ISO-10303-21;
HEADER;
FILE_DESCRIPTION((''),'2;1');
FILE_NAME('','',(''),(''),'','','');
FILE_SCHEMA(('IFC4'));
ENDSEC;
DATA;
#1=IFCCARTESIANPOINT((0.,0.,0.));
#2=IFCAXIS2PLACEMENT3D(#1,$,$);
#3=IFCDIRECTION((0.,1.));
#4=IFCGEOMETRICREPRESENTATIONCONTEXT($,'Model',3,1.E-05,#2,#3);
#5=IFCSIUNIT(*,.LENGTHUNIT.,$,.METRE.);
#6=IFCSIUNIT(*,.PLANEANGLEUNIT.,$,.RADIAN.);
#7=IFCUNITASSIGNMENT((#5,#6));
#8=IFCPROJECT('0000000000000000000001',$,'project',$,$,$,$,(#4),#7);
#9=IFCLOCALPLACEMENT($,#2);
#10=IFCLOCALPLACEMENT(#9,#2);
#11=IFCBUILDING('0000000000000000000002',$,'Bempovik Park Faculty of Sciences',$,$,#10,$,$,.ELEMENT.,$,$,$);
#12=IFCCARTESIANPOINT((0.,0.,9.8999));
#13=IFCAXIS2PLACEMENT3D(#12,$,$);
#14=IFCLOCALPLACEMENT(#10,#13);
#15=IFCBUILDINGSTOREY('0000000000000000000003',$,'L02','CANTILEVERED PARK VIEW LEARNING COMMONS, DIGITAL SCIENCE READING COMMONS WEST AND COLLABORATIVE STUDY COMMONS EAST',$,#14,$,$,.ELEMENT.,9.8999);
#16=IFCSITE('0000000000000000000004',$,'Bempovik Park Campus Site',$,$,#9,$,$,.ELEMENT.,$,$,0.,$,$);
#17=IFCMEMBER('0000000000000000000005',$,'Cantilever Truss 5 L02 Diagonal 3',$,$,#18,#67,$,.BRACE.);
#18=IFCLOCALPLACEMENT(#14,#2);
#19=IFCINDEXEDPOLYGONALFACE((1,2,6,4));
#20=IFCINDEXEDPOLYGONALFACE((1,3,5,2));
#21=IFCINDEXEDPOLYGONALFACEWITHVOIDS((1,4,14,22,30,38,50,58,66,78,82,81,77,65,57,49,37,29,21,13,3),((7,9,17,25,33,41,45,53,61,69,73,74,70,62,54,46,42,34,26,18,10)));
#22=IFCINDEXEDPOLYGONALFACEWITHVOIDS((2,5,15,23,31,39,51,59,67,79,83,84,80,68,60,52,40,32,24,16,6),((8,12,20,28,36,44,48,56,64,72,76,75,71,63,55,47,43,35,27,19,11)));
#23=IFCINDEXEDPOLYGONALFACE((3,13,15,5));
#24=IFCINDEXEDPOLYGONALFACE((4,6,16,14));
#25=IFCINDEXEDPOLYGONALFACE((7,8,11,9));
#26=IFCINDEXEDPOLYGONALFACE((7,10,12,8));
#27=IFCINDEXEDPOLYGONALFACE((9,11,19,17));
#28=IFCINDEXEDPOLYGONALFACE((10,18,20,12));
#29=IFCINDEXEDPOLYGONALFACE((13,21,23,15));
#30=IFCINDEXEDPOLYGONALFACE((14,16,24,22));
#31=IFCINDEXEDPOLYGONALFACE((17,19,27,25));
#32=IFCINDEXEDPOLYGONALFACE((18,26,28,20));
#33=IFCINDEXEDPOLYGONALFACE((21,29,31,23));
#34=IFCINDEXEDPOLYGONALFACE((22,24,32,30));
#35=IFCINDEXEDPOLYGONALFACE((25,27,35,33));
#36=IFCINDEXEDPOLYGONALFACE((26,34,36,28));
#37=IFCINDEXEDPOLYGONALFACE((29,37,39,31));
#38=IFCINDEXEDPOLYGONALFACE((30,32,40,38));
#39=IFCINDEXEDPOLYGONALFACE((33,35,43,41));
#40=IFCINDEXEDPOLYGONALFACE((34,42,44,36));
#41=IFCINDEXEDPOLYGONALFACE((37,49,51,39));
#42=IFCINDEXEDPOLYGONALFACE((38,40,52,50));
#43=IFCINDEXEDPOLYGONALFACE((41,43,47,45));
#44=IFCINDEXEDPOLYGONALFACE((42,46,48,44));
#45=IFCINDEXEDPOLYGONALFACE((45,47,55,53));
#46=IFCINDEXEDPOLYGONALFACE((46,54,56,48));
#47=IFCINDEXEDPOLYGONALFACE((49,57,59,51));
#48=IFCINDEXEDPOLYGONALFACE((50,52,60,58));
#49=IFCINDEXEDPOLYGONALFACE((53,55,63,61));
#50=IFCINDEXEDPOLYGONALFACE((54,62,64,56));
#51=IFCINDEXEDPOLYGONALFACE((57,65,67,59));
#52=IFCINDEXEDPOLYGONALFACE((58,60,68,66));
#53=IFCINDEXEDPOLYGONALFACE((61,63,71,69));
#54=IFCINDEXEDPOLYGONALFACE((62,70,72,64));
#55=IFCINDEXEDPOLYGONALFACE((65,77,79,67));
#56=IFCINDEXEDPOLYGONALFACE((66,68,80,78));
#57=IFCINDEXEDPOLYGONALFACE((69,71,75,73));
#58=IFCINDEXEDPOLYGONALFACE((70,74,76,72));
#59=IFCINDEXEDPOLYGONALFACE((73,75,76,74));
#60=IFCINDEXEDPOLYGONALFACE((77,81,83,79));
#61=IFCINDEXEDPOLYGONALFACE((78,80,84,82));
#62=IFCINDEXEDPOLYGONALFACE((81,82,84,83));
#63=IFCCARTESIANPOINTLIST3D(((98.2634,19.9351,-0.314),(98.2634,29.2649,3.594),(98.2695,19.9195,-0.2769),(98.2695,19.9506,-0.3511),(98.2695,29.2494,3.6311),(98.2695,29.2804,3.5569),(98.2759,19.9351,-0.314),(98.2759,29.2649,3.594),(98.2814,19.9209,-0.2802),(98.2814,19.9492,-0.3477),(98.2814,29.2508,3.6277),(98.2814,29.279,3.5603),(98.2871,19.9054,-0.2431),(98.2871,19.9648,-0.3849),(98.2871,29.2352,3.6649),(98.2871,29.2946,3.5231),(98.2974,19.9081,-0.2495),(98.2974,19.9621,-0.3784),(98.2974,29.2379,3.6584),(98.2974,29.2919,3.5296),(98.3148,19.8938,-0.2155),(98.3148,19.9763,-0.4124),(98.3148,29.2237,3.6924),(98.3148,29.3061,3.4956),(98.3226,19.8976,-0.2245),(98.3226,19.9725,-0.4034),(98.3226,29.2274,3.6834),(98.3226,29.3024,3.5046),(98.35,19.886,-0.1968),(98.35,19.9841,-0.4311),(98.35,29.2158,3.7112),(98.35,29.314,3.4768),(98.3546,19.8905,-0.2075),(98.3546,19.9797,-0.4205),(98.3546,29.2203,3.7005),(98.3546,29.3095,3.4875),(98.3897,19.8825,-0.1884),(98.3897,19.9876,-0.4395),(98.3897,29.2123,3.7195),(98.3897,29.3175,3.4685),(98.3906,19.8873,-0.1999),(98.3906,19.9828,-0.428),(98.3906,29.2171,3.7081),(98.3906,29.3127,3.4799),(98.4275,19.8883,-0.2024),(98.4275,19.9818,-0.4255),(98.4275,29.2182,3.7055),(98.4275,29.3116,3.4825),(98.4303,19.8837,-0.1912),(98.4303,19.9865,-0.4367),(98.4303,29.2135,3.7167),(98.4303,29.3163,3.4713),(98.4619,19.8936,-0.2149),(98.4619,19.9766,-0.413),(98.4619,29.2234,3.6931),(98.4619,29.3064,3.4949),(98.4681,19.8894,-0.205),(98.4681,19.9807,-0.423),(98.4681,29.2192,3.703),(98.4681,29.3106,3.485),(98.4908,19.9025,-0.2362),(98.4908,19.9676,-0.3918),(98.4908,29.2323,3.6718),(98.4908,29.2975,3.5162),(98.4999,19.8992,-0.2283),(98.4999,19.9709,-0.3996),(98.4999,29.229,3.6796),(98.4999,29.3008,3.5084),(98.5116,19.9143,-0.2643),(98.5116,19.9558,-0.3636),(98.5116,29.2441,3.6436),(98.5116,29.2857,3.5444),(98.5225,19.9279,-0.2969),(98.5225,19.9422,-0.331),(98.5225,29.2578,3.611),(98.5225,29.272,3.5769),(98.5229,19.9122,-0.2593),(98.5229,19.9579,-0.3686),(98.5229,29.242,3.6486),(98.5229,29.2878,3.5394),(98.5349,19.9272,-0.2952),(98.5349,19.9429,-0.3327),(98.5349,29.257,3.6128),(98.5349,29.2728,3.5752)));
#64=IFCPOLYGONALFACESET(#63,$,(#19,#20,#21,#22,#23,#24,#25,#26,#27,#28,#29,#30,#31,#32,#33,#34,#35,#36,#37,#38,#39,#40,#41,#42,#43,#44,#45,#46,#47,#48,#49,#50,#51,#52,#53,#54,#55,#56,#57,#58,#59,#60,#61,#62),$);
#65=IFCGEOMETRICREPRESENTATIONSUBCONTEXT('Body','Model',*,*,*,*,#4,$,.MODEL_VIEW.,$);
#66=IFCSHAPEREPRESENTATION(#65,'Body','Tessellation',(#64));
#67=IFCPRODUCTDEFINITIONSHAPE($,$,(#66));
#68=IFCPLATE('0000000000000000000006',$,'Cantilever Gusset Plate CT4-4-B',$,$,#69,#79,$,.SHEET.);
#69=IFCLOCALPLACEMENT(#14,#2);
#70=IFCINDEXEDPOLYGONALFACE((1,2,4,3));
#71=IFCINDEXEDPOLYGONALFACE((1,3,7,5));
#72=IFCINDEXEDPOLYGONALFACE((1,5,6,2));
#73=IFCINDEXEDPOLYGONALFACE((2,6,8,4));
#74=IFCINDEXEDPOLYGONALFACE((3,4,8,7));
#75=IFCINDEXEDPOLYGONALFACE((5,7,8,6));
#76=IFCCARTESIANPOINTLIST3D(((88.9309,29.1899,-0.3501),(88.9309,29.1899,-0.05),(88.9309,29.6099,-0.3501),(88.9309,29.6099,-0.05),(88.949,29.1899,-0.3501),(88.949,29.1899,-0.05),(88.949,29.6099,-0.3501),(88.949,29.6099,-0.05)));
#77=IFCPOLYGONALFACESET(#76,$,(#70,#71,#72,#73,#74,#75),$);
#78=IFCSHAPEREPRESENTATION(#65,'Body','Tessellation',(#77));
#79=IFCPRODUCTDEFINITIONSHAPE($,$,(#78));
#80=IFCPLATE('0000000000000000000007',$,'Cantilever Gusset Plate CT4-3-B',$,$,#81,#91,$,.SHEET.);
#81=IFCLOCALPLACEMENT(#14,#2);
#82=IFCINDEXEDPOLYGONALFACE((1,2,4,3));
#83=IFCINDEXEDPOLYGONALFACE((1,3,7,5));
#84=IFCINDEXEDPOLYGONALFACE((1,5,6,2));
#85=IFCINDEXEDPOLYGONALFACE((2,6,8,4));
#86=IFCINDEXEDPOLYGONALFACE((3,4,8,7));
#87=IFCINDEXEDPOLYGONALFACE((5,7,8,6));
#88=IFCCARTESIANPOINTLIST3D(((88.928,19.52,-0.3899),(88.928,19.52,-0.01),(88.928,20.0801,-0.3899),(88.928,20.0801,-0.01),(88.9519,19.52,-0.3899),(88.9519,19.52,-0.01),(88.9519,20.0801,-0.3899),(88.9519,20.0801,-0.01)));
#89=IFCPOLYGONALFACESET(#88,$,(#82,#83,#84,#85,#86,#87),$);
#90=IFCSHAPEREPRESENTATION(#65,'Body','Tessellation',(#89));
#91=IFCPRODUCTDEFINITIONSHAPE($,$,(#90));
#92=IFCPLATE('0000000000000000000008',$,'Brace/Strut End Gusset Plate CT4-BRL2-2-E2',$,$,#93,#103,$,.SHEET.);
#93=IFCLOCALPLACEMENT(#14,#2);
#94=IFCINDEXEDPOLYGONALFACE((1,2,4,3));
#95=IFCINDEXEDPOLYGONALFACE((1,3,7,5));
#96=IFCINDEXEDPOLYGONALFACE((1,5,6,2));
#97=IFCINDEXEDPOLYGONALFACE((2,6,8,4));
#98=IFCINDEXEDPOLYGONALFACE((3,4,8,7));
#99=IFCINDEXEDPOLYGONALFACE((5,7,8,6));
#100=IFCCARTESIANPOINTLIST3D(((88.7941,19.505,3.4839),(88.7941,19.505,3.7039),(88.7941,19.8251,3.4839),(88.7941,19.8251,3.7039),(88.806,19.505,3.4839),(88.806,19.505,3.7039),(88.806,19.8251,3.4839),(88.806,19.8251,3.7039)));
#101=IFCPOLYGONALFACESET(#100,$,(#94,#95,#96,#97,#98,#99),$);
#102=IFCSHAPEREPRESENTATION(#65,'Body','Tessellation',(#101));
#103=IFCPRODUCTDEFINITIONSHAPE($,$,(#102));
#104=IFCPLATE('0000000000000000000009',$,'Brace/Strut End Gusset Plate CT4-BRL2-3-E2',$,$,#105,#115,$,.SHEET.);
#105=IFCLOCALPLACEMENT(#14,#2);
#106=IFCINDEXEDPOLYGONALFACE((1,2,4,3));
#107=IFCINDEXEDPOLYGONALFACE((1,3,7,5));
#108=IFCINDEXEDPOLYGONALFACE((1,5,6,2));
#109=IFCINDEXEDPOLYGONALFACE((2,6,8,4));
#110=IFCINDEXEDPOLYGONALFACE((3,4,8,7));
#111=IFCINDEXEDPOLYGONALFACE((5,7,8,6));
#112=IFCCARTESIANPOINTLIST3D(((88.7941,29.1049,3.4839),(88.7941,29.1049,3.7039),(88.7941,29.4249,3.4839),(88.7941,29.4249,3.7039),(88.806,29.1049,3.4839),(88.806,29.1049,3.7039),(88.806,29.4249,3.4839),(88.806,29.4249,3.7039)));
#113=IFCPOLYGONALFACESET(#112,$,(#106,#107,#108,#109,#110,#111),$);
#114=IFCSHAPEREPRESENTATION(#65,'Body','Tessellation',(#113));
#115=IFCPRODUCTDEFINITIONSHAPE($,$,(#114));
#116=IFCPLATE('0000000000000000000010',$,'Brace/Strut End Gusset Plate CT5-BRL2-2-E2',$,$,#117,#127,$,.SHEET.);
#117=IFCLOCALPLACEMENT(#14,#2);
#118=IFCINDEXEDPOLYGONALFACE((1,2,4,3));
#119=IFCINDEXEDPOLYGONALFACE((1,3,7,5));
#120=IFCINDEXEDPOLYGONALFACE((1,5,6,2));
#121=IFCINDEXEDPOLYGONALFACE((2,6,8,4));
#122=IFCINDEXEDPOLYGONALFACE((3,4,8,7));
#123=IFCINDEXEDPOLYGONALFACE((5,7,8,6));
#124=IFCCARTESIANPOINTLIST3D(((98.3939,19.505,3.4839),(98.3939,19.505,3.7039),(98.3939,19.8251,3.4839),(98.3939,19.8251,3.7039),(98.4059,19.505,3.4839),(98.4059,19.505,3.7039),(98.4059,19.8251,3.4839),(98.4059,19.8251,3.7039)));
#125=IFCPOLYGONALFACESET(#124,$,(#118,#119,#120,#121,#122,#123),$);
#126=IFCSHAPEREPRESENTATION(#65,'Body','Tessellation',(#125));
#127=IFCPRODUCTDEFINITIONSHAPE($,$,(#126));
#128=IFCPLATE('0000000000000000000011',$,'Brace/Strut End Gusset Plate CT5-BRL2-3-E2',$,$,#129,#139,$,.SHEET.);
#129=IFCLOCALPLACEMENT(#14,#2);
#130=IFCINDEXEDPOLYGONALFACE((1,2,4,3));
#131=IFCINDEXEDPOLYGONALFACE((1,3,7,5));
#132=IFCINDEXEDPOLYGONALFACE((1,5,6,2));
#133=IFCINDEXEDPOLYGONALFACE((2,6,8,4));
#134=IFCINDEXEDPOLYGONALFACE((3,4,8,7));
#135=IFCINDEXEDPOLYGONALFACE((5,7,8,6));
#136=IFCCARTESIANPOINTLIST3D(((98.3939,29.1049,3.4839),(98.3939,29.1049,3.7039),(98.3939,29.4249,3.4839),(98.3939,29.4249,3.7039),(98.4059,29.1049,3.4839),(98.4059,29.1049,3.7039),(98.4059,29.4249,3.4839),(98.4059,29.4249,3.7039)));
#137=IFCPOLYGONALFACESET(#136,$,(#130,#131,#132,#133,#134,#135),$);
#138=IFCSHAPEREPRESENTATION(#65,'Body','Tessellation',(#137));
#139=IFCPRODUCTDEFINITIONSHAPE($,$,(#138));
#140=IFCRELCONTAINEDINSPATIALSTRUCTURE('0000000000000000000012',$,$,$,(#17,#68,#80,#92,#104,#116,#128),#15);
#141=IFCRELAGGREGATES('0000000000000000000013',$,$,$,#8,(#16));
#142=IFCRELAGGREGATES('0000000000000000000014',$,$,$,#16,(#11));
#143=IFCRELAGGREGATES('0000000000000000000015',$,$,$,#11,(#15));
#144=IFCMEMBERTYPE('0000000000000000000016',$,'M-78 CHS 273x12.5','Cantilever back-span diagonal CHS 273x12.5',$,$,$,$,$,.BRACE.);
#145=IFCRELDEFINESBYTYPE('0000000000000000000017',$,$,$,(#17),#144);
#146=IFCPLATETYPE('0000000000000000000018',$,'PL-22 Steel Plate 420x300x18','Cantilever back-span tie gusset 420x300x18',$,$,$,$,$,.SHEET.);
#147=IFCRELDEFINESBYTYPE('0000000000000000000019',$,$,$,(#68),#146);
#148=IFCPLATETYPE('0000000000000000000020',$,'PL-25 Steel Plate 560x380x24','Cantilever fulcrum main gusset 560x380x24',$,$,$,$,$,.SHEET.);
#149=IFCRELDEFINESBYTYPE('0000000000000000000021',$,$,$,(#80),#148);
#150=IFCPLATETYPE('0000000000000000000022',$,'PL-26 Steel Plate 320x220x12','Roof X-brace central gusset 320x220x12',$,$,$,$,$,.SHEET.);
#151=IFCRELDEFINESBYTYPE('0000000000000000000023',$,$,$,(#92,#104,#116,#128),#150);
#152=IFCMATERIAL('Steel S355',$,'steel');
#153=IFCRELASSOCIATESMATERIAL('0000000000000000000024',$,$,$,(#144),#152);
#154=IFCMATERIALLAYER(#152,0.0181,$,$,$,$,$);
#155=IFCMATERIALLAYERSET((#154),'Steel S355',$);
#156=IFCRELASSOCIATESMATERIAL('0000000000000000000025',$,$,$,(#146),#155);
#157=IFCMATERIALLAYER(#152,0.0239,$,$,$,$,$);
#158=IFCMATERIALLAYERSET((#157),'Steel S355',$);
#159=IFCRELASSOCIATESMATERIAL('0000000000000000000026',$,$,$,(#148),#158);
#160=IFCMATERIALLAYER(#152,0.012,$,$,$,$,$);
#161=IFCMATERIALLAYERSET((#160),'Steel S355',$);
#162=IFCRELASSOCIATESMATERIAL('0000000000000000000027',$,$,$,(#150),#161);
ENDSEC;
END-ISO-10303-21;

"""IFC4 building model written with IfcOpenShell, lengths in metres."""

from ifc_helpers import new_model, si_unit, direction, frame, origin, origin_2d, place, context, subcontext, project, spatial, rectangle, hollow_circle, extrude, material, layer, layer_set, material_profile, profile_set, type_object, element, save


model = new_model("IFC4")

# Units and contexts
model_context = context("Model", 3, precision=1e-05, world=origin(), true_north=direction((0.0, 1.0)))
body_context = subcontext(model_context, "Body", "Model", "MODEL_VIEW")
ifc_project = project(units=[si_unit("LENGTHUNIT", "METRE"), si_unit("PLANEANGLEUNIT", "RADIAN")], contexts=[model_context])

# Site, building, storey
site_placement = place(None, origin())
site = spatial("IfcSite", under=ifc_project, at=site_placement, Name="Bempovik Park Campus Site", CompositionType="ELEMENT", RefElevation=0.0)
building_placement = place(site_placement, origin())
building = spatial("IfcBuilding", under=site, at=building_placement, Name="Bempovik Park Faculty of Sciences", CompositionType="ELEMENT")
storey_placement = place(building_placement, frame((0.0, 0.0, 9.8999)))
storey = spatial("IfcBuildingStorey", under=building, at=storey_placement, Name="L02", Description="CANTILEVERED PARK VIEW LEARNING COMMONS, DIGITAL SCIENCE READING COMMONS WEST AND COLLABORATIVE STUDY COMMONS EAST", CompositionType="ELEMENT", Elevation=9.8999)

# Shared definitions
ifc_material_1 = material(Name="Steel S355", Category="steel")

# Member
ifc_material_profile_1 = material_profile(ifc_material_1, hollow_circle(Radius=0.1365, WallThickness=0.0125, at=origin_2d()), Name="CHS 273x12.5")
ifc_profile_set_1 = profile_set([ifc_material_profile_1], Name="Steel S355")
member_type_1 = type_object("IfcMemberType", Name="M-78 CHS 273x12.5", Description="Cantilever back-span diagonal CHS 273x12.5", PredefinedType="BRACE", material=ifc_profile_set_1)
member_1_placement = place(storey_placement, frame((98.3999, 19.9351, -0.314), z_axis=(0.0, 0.922355, 0.386344), x_axis=(-1.0, 0.0, 0.0)))
element("IfcMember", 1, at=member_1_placement, inside=storey, type_object=member_type_1, Name="Cantilever Truss 5 L02 Diagonal 3", PredefinedType="BRACE", context=body_context, shape_type="SweptSolid", body=[
    extrude(hollow_circle(Radius=0.1365, WallThickness=0.0125, at=origin_2d()), origin(), (0.0, 0.0, 1.0), 10.1152),
])

# Plates
ifc_layer_1 = layer(ifc_material_1, 0.0181)
ifc_layer_set_1 = layer_set([ifc_layer_1], Name="Steel S355")
plate_type_1 = type_object("IfcPlateType", Name="PL-22 Steel Plate 420x300x18", Description="Cantilever back-span tie gusset 420x300x18", PredefinedType="SHEET", material=ifc_layer_set_1)
plate_1_placement = place(storey_placement, frame((88.9399, 29.3999, -0.3501), z_axis=(0.0, 0.0, 1.0), x_axis=(1.0, 0.0, 0.0)))
element("IfcPlate", 2, at=plate_1_placement, inside=storey, type_object=plate_type_1, Name="Cantilever Gusset Plate CT4-4-B", PredefinedType="SHEET", context=body_context, shape_type="SweptSolid", body=[
    extrude(rectangle(XDim=0.0181, YDim=0.4199, at=origin_2d()), origin(), (0.0, 0.0, 1.0), 0.3),
])
ifc_layer_2 = layer(ifc_material_1, 0.0239)
ifc_layer_set_2 = layer_set([ifc_layer_2], Name="Steel S355")
plate_type_2 = type_object("IfcPlateType", Name="PL-25 Steel Plate 560x380x24", Description="Cantilever fulcrum main gusset 560x380x24", PredefinedType="SHEET", material=ifc_layer_set_2)
plate_2_placement = place(storey_placement, frame((88.9399, 19.8, -0.3899), z_axis=(0.0, 0.0, 1.0), x_axis=(1.0, 0.0, 0.0)))
element("IfcPlate", 3, at=plate_2_placement, inside=storey, type_object=plate_type_2, Name="Cantilever Gusset Plate CT4-3-B", PredefinedType="SHEET", context=body_context, shape_type="SweptSolid", body=[
    extrude(rectangle(XDim=0.0239, YDim=0.5601, at=origin_2d()), origin(), (0.0, 0.0, 1.0), 0.3799),
])
ifc_layer_3 = layer(ifc_material_1, 0.012)
ifc_layer_set_3 = layer_set([ifc_layer_3], Name="Steel S355")
plate_type_3 = type_object("IfcPlateType", Name="PL-26 Steel Plate 320x220x12", Description="Roof X-brace central gusset 320x220x12", PredefinedType="SHEET", material=ifc_layer_set_3)
for number, where, z_axis, x_axis, name in (
    (4, (88.8, 19.665, 3.4839), (0.0, 0.0, 1.0), (1.0, 0.0, 0.0), "Brace/Strut End Gusset Plate CT4-BRL2-2-E2"),
    (5, (88.8, 29.2649, 3.4839), (0.0, 0.0, 1.0), (1.0, 0.0, 0.0), "Brace/Strut End Gusset Plate CT4-BRL2-3-E2"),
    (6, (98.3999, 19.665, 3.4839), (0.0, 0.0, 1.0), (1.0, 0.0, 0.0), "Brace/Strut End Gusset Plate CT5-BRL2-2-E2"),
    (7, (98.3999, 29.2649, 3.4839), (0.0, 0.0, 1.0), (1.0, 0.0, 0.0), "Brace/Strut End Gusset Plate CT5-BRL2-3-E2"),
):
    element("IfcPlate", number, at=place(storey_placement, frame(where, z_axis=z_axis, x_axis=x_axis)), inside=storey, type_object=plate_type_3, Name=name, PredefinedType="SHEET", context=body_context, shape_type="SweptSolid", body=[
        extrude(rectangle(XDim=0.012, YDim=0.3201, at=origin_2d()), origin(), (0.0, 0.0, 1.0), 0.22),
    ])

save(model, "model.ifc")
